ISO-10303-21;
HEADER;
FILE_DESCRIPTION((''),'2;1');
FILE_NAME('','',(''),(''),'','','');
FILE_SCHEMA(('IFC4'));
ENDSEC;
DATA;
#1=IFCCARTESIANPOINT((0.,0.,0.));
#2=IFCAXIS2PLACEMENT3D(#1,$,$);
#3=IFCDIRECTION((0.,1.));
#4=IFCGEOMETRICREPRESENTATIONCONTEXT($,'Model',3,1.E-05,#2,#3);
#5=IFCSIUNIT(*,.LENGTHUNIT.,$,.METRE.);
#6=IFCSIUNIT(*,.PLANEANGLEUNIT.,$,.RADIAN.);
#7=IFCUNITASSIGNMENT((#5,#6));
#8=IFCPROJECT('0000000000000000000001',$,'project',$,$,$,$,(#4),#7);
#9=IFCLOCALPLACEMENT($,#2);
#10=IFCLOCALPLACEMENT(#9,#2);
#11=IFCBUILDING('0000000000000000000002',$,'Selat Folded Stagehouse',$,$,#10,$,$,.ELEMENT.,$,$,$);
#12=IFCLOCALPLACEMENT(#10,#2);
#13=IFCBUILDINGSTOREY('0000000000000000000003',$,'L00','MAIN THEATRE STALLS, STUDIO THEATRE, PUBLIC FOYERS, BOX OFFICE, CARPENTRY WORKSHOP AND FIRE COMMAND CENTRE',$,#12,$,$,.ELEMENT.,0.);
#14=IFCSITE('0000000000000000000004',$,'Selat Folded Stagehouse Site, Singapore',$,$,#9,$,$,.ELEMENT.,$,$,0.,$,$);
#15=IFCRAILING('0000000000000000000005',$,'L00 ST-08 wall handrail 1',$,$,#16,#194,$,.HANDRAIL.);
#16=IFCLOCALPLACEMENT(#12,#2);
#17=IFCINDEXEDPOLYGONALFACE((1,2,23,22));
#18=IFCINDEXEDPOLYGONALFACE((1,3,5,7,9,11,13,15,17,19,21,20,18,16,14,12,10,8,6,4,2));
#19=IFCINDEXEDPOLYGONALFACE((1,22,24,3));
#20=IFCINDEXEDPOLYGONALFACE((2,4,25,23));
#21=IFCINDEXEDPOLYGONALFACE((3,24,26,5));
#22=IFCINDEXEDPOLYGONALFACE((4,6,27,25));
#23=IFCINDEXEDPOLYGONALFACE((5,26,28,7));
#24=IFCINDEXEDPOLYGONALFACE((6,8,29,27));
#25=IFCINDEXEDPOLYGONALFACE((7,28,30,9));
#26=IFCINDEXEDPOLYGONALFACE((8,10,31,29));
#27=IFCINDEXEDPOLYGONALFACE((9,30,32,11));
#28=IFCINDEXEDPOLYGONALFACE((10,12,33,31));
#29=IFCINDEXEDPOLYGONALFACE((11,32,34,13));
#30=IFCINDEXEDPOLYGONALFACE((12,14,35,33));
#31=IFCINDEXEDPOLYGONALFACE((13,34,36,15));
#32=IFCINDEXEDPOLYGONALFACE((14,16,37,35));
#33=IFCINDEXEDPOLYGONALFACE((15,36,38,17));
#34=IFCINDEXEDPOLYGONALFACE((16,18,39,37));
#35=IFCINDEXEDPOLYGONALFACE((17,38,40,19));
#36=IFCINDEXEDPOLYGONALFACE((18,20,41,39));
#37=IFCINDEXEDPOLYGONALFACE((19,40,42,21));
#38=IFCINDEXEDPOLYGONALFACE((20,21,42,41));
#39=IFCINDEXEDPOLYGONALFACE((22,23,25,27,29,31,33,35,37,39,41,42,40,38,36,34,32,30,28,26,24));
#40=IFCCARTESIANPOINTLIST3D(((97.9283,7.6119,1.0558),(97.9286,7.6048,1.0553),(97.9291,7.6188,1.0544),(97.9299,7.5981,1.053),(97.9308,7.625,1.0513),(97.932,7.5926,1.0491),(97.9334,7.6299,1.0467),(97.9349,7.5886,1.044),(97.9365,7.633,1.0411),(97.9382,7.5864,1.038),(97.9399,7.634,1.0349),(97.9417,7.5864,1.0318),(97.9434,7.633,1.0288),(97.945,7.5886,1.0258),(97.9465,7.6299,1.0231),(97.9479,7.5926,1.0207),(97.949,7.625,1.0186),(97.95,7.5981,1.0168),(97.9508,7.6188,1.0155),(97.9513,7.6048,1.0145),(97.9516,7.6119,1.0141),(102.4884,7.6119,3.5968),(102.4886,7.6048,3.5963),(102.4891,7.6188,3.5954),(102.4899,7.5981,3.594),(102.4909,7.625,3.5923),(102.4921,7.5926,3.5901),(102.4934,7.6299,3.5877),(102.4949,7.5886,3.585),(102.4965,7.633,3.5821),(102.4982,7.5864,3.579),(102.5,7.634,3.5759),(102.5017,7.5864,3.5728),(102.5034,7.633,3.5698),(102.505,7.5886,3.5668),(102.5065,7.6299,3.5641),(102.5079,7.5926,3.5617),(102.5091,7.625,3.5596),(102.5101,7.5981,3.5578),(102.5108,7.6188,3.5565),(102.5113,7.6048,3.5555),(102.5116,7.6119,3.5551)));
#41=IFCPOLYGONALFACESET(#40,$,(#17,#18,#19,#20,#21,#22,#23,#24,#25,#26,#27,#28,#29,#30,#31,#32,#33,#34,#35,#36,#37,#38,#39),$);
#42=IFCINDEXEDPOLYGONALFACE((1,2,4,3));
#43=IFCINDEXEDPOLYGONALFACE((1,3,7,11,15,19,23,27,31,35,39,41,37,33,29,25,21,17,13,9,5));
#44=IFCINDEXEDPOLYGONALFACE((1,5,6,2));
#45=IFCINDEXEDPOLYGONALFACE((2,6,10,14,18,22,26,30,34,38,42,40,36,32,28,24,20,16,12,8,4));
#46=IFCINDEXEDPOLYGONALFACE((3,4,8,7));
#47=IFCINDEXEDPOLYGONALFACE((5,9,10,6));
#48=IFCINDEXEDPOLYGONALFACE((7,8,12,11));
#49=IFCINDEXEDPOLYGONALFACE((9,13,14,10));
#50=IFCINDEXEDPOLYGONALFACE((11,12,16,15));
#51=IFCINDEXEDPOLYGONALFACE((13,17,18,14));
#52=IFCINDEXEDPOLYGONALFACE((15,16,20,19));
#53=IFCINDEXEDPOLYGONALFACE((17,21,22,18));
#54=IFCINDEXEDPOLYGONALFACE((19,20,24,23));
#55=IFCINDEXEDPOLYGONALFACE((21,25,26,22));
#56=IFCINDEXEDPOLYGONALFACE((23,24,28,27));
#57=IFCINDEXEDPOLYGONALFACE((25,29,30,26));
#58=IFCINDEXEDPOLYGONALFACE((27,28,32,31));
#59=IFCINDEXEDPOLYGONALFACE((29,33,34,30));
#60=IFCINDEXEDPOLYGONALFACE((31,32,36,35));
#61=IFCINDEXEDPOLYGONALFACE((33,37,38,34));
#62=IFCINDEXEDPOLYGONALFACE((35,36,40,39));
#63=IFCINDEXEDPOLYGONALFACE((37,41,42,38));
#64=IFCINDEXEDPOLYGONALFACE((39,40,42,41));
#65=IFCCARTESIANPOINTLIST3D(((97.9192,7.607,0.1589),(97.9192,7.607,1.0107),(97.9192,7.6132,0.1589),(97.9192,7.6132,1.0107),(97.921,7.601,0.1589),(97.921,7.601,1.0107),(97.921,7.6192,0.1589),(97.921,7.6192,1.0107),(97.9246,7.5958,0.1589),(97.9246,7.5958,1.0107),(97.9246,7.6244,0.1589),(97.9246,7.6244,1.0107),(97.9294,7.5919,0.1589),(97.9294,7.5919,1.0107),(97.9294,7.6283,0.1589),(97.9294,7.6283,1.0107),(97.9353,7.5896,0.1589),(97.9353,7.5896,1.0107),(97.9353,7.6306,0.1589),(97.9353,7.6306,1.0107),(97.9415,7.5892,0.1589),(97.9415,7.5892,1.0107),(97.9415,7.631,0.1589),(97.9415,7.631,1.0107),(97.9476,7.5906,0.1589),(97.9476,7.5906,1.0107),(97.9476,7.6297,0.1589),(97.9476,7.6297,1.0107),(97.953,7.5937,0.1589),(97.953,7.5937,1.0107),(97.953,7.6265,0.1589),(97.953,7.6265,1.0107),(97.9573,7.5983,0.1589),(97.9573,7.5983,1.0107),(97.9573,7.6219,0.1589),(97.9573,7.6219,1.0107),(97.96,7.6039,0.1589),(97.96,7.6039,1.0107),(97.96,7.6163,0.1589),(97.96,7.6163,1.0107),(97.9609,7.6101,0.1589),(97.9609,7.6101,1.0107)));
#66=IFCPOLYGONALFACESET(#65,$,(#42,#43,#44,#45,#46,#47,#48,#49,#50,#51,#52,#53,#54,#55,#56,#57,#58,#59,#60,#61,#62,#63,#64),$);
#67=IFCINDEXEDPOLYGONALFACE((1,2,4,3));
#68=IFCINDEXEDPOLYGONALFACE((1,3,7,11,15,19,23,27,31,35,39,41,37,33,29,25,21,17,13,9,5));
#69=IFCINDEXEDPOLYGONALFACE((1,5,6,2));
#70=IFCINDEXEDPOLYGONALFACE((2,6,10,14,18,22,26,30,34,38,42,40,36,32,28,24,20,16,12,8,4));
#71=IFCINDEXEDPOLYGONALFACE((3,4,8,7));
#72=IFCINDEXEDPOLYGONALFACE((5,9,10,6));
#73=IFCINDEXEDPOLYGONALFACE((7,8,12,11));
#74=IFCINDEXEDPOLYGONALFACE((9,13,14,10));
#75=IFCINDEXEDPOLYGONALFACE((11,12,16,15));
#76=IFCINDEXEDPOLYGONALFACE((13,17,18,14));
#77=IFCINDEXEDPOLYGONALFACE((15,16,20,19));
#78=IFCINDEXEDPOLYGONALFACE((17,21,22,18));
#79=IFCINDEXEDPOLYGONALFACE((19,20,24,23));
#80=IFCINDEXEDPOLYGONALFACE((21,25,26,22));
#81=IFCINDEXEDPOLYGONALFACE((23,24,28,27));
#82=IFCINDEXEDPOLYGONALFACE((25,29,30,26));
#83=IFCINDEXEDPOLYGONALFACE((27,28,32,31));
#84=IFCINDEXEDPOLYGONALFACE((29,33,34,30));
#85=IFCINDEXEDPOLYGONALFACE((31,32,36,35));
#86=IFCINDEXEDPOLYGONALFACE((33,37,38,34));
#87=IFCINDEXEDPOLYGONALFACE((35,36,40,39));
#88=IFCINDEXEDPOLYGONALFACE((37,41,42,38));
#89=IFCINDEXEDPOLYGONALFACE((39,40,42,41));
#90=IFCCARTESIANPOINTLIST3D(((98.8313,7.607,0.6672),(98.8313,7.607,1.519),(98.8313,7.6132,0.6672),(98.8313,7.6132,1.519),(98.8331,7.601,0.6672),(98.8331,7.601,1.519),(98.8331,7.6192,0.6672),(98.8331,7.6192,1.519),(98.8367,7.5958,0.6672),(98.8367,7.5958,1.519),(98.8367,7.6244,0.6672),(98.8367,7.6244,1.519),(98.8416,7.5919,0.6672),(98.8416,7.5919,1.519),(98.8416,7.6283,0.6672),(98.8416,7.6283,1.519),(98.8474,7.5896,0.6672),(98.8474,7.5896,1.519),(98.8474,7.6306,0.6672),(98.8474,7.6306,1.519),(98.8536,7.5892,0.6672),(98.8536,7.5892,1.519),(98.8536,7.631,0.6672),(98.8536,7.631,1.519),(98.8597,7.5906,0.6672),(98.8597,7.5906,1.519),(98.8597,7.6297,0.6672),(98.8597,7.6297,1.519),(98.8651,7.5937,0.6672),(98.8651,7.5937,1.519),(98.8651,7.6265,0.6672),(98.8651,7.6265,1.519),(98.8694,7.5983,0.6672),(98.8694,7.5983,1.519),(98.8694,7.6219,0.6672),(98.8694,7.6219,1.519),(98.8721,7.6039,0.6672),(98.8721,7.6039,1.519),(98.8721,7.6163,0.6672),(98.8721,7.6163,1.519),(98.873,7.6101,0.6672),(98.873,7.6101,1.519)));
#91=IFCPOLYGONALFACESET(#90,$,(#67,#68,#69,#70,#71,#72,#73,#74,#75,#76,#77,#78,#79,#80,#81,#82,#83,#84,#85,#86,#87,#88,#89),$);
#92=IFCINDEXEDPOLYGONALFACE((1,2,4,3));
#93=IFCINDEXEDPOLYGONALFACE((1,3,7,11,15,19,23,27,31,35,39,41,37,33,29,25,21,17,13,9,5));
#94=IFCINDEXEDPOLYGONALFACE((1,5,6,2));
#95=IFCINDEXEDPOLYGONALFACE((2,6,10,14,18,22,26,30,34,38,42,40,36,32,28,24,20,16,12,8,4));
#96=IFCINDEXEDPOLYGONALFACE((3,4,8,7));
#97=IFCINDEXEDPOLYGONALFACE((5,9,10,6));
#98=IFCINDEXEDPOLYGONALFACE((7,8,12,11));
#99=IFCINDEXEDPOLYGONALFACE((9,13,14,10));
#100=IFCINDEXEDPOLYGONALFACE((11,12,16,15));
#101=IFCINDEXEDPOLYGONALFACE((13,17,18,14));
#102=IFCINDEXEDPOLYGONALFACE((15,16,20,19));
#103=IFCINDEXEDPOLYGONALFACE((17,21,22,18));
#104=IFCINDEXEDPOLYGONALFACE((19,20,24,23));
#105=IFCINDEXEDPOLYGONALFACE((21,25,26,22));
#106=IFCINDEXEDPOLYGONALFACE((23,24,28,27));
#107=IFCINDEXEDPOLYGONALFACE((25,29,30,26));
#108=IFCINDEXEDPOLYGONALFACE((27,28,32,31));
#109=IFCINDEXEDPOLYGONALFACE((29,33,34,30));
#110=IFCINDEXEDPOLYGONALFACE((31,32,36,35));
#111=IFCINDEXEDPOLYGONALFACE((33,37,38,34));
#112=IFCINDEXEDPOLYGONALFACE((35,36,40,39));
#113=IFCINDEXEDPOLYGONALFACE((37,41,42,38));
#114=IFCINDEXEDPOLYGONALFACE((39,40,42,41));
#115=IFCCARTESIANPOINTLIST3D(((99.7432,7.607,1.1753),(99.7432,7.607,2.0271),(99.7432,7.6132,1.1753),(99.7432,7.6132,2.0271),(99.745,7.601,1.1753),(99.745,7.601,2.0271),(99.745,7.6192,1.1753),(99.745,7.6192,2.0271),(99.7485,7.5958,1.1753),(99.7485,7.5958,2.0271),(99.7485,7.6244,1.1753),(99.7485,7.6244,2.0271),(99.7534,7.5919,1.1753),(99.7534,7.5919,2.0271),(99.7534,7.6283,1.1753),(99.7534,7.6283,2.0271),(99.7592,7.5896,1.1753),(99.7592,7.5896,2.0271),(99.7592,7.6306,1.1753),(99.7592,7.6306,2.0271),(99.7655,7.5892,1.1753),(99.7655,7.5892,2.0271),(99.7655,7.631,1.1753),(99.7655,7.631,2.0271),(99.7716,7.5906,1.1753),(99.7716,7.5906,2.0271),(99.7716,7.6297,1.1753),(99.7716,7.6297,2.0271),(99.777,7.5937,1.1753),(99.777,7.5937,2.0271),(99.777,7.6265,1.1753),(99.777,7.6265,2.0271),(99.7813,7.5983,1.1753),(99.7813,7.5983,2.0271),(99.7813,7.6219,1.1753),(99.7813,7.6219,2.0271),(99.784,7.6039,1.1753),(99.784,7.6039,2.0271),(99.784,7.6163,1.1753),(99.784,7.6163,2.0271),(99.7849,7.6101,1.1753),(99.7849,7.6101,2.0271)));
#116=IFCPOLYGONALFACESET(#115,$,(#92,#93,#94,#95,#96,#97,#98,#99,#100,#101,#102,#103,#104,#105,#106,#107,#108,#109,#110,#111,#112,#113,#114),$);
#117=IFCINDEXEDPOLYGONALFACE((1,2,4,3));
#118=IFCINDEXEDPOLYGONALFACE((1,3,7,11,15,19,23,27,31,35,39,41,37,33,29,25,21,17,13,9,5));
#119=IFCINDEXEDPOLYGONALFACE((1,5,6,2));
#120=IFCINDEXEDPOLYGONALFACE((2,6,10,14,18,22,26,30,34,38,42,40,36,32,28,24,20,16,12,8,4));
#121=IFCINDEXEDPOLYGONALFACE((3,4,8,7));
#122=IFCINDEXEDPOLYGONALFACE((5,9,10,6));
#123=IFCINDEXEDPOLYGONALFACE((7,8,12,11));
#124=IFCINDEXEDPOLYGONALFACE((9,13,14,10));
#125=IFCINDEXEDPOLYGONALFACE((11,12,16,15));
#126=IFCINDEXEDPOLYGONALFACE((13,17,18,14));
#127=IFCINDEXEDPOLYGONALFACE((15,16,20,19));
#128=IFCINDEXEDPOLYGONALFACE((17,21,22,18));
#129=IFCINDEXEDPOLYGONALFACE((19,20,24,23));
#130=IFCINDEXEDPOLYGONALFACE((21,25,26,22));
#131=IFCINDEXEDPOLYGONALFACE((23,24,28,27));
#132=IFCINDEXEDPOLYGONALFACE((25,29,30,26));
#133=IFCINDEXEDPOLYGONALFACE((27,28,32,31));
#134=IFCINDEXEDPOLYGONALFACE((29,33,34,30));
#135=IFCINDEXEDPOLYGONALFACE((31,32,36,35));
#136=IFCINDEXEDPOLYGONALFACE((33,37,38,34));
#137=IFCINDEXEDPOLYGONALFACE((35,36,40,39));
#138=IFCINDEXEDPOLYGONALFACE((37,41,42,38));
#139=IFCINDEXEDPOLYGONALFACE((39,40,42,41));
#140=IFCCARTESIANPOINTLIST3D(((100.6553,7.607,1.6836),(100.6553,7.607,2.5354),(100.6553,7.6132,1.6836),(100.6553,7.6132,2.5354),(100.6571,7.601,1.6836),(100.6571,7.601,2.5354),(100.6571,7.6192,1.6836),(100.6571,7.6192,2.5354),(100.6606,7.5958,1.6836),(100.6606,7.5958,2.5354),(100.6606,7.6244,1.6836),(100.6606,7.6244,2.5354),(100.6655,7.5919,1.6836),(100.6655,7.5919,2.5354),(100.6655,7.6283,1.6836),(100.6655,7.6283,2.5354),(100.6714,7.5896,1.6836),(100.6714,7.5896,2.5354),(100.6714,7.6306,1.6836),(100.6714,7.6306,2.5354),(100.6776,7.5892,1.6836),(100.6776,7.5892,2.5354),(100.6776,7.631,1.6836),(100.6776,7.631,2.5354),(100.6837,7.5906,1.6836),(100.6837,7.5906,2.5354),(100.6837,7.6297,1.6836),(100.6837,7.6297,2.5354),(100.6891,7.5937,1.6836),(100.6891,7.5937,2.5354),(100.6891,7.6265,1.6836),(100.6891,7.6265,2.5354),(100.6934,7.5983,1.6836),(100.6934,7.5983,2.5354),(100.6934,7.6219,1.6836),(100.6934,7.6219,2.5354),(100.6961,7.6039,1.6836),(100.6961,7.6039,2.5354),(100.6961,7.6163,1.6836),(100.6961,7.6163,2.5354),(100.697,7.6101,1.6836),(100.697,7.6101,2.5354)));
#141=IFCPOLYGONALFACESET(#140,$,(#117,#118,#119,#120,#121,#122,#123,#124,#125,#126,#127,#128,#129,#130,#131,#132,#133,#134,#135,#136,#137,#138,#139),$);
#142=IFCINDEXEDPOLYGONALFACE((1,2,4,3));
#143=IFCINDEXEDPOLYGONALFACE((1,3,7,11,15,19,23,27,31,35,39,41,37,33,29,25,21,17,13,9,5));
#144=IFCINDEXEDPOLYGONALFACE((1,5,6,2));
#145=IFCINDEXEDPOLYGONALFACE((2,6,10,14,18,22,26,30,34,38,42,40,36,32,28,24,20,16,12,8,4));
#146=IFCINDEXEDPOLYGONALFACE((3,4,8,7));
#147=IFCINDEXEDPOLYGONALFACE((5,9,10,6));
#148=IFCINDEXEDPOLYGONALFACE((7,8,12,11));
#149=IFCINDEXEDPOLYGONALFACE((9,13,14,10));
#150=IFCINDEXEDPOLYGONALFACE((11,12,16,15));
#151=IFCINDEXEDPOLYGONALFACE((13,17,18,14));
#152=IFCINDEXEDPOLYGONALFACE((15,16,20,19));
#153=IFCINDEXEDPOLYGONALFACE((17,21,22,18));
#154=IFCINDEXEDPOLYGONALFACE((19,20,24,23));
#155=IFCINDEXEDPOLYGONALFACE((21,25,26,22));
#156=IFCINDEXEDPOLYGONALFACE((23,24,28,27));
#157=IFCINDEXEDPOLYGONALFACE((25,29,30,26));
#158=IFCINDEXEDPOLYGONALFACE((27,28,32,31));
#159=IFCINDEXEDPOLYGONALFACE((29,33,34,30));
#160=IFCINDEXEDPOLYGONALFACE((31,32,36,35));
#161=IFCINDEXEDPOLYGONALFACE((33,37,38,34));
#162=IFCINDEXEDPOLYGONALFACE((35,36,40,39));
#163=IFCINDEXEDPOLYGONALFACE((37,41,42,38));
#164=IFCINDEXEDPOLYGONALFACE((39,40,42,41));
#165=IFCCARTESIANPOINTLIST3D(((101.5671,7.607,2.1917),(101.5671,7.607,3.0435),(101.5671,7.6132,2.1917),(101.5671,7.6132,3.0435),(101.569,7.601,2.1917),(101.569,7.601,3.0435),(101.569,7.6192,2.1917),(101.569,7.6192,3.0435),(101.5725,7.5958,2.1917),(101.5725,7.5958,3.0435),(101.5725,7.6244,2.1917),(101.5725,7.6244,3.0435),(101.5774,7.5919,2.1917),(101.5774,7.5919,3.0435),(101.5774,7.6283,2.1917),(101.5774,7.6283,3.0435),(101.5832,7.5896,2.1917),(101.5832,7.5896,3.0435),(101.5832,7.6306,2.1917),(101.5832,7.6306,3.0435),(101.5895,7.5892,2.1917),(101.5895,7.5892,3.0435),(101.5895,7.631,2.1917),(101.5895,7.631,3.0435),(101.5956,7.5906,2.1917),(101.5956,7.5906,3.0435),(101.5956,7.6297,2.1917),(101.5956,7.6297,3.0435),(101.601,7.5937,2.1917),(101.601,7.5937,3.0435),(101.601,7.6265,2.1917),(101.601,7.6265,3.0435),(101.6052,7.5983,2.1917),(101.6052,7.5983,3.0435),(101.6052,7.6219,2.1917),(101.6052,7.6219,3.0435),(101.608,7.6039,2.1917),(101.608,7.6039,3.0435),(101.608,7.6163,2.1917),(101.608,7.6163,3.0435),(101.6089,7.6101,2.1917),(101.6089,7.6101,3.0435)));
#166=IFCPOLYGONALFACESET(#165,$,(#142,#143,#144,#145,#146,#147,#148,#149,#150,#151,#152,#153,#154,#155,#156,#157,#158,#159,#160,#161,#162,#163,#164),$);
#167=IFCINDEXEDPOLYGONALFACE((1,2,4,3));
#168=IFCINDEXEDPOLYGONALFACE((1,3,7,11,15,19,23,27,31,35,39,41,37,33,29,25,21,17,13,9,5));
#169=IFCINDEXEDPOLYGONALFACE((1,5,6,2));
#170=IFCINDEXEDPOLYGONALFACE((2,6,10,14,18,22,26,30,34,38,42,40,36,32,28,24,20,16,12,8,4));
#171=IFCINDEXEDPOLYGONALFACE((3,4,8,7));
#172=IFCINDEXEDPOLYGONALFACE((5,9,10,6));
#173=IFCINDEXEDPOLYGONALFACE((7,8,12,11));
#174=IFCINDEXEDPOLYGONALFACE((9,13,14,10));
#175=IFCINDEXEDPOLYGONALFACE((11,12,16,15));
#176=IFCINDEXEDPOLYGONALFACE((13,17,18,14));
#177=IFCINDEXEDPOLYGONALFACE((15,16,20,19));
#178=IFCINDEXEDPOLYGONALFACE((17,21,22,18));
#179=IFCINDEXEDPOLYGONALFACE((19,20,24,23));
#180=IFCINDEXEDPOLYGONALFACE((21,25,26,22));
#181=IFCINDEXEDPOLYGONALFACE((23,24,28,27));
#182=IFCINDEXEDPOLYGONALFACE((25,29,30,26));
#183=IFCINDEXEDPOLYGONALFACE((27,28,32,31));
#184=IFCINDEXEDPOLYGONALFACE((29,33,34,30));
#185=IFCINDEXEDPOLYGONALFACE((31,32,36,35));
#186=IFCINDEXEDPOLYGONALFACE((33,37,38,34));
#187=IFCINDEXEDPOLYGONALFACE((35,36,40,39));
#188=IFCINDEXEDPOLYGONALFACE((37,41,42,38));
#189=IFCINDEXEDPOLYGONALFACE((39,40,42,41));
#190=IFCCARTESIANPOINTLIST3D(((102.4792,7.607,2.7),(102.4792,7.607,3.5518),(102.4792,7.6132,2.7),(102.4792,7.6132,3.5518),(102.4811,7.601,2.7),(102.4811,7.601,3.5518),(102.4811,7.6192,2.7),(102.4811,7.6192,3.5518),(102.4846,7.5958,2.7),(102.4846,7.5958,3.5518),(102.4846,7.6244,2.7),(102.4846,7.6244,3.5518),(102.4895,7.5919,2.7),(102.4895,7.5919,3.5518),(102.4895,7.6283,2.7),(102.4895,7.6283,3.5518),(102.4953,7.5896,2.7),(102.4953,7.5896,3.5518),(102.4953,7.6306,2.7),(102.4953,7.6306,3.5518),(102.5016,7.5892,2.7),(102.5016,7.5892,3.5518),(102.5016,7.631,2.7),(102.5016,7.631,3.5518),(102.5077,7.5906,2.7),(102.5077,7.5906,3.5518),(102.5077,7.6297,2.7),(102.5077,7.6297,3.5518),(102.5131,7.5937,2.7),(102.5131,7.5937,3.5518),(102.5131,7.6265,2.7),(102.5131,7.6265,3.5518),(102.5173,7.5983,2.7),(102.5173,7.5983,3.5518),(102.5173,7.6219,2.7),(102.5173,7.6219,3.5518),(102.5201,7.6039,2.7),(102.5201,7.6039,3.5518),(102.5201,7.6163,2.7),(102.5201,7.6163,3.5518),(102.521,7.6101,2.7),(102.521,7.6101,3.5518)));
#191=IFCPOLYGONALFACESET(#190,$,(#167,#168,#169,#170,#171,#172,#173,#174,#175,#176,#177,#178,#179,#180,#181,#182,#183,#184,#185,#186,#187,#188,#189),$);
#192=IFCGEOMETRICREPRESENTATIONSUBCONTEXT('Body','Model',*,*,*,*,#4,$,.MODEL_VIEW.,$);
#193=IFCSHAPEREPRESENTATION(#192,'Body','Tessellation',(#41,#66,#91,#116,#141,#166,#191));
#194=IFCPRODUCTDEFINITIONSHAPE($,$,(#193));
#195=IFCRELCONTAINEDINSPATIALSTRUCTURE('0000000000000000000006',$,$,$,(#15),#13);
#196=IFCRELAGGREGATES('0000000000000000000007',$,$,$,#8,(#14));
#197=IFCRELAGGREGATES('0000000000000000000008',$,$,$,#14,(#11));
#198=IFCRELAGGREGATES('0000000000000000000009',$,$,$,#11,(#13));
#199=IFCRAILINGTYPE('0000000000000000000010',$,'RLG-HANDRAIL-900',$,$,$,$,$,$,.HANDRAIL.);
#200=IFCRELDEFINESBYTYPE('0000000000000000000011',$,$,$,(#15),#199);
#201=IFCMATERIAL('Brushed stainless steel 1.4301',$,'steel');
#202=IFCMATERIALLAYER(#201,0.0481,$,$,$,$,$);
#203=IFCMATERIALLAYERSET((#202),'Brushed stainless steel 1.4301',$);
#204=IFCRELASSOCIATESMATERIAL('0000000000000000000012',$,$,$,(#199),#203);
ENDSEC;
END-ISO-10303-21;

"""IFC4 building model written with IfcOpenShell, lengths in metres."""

from ifc_helpers import new_model, si_unit, direction, frame, origin, origin_2d, place, context, subcontext, project, spatial, circle, extrude, material, layer, layer_set, type_object, element, save


model = new_model("IFC4")

# Units and contexts
model_context = context("Model", 3, precision=1e-05, world=origin(), true_north=direction((0.0, 1.0)))
body_context = subcontext(model_context, "Body", "Model", "MODEL_VIEW")
ifc_project = project(units=[si_unit("LENGTHUNIT", "METRE"), si_unit("PLANEANGLEUNIT", "RADIAN")], contexts=[model_context])

# Site, building, storey
site_placement = place(None, origin())
site = spatial("IfcSite", under=ifc_project, at=site_placement, Name="Selat Folded Stagehouse Site, Singapore", CompositionType="ELEMENT", RefElevation=0.0)
building_placement = place(site_placement, origin())
building = spatial("IfcBuilding", under=site, at=building_placement, Name="Selat Folded Stagehouse", CompositionType="ELEMENT")
storey_placement = place(building_placement, origin())
storey = spatial("IfcBuildingStorey", under=building, at=storey_placement, Name="L00", Description="MAIN THEATRE STALLS, STUDIO THEATRE, PUBLIC FOYERS, BOX OFFICE, CARPENTRY WORKSHOP AND FIRE COMMAND CENTRE", CompositionType="ELEMENT", Elevation=0.0)

# Railing
ifc_material_1 = material(Name="Brushed stainless steel 1.4301", Category="steel")
ifc_layer_1 = layer(ifc_material_1, 0.0481)
ifc_layer_set_1 = layer_set([ifc_layer_1], Name="Brushed stainless steel 1.4301")
railing_type_1 = type_object("IfcRailingType", Name="RLG-HANDRAIL-900", PredefinedType="HANDRAIL", material=ifc_layer_set_1)
railing_1_placement = place(storey_placement, frame((97.9399, 7.6101, 0.1589)))
element("IfcRailing", 1, at=railing_1_placement, inside=storey, type_object=railing_type_1, Name="L00 ST-08 wall handrail 1", PredefinedType="HANDRAIL", context=body_context, shape_type="SweptSolid", body=[
    extrude(circle(Radius=0.0239, at=origin_2d()), frame((0.0, 0.0, 0.876), z_axis=(0.873534, 0.0, 0.486762), x_axis=(0.0, 1.0, 0.0)), (0.0, 0.0, 1.0), 5.2202),
    extrude(circle(Radius=0.021, at=origin_2d()), origin(), (0.0, 0.0, 1.0), 0.8518),
    extrude(circle(Radius=0.021, at=origin_2d()), frame((0.9121, 0.0, 0.5083)), (0.0, 0.0, 1.0), 0.8518),
    extrude(circle(Radius=0.021, at=origin_2d()), frame((1.824, 0.0, 1.0164)), (0.0, 0.0, 1.0), 0.8518),
    extrude(circle(Radius=0.021, at=origin_2d()), frame((2.7361, 0.0, 1.5247)), (0.0, 0.0, 1.0), 0.8518),
    extrude(circle(Radius=0.021, at=origin_2d()), frame((3.6479, 0.0, 2.0327)), (0.0, 0.0, 1.0), 0.8518),
    extrude(circle(Radius=0.021, at=origin_2d()), frame((4.5601, 0.0, 2.541)), (0.0, 0.0, 1.0), 0.8518),
])

save(model, "model.ifc")
